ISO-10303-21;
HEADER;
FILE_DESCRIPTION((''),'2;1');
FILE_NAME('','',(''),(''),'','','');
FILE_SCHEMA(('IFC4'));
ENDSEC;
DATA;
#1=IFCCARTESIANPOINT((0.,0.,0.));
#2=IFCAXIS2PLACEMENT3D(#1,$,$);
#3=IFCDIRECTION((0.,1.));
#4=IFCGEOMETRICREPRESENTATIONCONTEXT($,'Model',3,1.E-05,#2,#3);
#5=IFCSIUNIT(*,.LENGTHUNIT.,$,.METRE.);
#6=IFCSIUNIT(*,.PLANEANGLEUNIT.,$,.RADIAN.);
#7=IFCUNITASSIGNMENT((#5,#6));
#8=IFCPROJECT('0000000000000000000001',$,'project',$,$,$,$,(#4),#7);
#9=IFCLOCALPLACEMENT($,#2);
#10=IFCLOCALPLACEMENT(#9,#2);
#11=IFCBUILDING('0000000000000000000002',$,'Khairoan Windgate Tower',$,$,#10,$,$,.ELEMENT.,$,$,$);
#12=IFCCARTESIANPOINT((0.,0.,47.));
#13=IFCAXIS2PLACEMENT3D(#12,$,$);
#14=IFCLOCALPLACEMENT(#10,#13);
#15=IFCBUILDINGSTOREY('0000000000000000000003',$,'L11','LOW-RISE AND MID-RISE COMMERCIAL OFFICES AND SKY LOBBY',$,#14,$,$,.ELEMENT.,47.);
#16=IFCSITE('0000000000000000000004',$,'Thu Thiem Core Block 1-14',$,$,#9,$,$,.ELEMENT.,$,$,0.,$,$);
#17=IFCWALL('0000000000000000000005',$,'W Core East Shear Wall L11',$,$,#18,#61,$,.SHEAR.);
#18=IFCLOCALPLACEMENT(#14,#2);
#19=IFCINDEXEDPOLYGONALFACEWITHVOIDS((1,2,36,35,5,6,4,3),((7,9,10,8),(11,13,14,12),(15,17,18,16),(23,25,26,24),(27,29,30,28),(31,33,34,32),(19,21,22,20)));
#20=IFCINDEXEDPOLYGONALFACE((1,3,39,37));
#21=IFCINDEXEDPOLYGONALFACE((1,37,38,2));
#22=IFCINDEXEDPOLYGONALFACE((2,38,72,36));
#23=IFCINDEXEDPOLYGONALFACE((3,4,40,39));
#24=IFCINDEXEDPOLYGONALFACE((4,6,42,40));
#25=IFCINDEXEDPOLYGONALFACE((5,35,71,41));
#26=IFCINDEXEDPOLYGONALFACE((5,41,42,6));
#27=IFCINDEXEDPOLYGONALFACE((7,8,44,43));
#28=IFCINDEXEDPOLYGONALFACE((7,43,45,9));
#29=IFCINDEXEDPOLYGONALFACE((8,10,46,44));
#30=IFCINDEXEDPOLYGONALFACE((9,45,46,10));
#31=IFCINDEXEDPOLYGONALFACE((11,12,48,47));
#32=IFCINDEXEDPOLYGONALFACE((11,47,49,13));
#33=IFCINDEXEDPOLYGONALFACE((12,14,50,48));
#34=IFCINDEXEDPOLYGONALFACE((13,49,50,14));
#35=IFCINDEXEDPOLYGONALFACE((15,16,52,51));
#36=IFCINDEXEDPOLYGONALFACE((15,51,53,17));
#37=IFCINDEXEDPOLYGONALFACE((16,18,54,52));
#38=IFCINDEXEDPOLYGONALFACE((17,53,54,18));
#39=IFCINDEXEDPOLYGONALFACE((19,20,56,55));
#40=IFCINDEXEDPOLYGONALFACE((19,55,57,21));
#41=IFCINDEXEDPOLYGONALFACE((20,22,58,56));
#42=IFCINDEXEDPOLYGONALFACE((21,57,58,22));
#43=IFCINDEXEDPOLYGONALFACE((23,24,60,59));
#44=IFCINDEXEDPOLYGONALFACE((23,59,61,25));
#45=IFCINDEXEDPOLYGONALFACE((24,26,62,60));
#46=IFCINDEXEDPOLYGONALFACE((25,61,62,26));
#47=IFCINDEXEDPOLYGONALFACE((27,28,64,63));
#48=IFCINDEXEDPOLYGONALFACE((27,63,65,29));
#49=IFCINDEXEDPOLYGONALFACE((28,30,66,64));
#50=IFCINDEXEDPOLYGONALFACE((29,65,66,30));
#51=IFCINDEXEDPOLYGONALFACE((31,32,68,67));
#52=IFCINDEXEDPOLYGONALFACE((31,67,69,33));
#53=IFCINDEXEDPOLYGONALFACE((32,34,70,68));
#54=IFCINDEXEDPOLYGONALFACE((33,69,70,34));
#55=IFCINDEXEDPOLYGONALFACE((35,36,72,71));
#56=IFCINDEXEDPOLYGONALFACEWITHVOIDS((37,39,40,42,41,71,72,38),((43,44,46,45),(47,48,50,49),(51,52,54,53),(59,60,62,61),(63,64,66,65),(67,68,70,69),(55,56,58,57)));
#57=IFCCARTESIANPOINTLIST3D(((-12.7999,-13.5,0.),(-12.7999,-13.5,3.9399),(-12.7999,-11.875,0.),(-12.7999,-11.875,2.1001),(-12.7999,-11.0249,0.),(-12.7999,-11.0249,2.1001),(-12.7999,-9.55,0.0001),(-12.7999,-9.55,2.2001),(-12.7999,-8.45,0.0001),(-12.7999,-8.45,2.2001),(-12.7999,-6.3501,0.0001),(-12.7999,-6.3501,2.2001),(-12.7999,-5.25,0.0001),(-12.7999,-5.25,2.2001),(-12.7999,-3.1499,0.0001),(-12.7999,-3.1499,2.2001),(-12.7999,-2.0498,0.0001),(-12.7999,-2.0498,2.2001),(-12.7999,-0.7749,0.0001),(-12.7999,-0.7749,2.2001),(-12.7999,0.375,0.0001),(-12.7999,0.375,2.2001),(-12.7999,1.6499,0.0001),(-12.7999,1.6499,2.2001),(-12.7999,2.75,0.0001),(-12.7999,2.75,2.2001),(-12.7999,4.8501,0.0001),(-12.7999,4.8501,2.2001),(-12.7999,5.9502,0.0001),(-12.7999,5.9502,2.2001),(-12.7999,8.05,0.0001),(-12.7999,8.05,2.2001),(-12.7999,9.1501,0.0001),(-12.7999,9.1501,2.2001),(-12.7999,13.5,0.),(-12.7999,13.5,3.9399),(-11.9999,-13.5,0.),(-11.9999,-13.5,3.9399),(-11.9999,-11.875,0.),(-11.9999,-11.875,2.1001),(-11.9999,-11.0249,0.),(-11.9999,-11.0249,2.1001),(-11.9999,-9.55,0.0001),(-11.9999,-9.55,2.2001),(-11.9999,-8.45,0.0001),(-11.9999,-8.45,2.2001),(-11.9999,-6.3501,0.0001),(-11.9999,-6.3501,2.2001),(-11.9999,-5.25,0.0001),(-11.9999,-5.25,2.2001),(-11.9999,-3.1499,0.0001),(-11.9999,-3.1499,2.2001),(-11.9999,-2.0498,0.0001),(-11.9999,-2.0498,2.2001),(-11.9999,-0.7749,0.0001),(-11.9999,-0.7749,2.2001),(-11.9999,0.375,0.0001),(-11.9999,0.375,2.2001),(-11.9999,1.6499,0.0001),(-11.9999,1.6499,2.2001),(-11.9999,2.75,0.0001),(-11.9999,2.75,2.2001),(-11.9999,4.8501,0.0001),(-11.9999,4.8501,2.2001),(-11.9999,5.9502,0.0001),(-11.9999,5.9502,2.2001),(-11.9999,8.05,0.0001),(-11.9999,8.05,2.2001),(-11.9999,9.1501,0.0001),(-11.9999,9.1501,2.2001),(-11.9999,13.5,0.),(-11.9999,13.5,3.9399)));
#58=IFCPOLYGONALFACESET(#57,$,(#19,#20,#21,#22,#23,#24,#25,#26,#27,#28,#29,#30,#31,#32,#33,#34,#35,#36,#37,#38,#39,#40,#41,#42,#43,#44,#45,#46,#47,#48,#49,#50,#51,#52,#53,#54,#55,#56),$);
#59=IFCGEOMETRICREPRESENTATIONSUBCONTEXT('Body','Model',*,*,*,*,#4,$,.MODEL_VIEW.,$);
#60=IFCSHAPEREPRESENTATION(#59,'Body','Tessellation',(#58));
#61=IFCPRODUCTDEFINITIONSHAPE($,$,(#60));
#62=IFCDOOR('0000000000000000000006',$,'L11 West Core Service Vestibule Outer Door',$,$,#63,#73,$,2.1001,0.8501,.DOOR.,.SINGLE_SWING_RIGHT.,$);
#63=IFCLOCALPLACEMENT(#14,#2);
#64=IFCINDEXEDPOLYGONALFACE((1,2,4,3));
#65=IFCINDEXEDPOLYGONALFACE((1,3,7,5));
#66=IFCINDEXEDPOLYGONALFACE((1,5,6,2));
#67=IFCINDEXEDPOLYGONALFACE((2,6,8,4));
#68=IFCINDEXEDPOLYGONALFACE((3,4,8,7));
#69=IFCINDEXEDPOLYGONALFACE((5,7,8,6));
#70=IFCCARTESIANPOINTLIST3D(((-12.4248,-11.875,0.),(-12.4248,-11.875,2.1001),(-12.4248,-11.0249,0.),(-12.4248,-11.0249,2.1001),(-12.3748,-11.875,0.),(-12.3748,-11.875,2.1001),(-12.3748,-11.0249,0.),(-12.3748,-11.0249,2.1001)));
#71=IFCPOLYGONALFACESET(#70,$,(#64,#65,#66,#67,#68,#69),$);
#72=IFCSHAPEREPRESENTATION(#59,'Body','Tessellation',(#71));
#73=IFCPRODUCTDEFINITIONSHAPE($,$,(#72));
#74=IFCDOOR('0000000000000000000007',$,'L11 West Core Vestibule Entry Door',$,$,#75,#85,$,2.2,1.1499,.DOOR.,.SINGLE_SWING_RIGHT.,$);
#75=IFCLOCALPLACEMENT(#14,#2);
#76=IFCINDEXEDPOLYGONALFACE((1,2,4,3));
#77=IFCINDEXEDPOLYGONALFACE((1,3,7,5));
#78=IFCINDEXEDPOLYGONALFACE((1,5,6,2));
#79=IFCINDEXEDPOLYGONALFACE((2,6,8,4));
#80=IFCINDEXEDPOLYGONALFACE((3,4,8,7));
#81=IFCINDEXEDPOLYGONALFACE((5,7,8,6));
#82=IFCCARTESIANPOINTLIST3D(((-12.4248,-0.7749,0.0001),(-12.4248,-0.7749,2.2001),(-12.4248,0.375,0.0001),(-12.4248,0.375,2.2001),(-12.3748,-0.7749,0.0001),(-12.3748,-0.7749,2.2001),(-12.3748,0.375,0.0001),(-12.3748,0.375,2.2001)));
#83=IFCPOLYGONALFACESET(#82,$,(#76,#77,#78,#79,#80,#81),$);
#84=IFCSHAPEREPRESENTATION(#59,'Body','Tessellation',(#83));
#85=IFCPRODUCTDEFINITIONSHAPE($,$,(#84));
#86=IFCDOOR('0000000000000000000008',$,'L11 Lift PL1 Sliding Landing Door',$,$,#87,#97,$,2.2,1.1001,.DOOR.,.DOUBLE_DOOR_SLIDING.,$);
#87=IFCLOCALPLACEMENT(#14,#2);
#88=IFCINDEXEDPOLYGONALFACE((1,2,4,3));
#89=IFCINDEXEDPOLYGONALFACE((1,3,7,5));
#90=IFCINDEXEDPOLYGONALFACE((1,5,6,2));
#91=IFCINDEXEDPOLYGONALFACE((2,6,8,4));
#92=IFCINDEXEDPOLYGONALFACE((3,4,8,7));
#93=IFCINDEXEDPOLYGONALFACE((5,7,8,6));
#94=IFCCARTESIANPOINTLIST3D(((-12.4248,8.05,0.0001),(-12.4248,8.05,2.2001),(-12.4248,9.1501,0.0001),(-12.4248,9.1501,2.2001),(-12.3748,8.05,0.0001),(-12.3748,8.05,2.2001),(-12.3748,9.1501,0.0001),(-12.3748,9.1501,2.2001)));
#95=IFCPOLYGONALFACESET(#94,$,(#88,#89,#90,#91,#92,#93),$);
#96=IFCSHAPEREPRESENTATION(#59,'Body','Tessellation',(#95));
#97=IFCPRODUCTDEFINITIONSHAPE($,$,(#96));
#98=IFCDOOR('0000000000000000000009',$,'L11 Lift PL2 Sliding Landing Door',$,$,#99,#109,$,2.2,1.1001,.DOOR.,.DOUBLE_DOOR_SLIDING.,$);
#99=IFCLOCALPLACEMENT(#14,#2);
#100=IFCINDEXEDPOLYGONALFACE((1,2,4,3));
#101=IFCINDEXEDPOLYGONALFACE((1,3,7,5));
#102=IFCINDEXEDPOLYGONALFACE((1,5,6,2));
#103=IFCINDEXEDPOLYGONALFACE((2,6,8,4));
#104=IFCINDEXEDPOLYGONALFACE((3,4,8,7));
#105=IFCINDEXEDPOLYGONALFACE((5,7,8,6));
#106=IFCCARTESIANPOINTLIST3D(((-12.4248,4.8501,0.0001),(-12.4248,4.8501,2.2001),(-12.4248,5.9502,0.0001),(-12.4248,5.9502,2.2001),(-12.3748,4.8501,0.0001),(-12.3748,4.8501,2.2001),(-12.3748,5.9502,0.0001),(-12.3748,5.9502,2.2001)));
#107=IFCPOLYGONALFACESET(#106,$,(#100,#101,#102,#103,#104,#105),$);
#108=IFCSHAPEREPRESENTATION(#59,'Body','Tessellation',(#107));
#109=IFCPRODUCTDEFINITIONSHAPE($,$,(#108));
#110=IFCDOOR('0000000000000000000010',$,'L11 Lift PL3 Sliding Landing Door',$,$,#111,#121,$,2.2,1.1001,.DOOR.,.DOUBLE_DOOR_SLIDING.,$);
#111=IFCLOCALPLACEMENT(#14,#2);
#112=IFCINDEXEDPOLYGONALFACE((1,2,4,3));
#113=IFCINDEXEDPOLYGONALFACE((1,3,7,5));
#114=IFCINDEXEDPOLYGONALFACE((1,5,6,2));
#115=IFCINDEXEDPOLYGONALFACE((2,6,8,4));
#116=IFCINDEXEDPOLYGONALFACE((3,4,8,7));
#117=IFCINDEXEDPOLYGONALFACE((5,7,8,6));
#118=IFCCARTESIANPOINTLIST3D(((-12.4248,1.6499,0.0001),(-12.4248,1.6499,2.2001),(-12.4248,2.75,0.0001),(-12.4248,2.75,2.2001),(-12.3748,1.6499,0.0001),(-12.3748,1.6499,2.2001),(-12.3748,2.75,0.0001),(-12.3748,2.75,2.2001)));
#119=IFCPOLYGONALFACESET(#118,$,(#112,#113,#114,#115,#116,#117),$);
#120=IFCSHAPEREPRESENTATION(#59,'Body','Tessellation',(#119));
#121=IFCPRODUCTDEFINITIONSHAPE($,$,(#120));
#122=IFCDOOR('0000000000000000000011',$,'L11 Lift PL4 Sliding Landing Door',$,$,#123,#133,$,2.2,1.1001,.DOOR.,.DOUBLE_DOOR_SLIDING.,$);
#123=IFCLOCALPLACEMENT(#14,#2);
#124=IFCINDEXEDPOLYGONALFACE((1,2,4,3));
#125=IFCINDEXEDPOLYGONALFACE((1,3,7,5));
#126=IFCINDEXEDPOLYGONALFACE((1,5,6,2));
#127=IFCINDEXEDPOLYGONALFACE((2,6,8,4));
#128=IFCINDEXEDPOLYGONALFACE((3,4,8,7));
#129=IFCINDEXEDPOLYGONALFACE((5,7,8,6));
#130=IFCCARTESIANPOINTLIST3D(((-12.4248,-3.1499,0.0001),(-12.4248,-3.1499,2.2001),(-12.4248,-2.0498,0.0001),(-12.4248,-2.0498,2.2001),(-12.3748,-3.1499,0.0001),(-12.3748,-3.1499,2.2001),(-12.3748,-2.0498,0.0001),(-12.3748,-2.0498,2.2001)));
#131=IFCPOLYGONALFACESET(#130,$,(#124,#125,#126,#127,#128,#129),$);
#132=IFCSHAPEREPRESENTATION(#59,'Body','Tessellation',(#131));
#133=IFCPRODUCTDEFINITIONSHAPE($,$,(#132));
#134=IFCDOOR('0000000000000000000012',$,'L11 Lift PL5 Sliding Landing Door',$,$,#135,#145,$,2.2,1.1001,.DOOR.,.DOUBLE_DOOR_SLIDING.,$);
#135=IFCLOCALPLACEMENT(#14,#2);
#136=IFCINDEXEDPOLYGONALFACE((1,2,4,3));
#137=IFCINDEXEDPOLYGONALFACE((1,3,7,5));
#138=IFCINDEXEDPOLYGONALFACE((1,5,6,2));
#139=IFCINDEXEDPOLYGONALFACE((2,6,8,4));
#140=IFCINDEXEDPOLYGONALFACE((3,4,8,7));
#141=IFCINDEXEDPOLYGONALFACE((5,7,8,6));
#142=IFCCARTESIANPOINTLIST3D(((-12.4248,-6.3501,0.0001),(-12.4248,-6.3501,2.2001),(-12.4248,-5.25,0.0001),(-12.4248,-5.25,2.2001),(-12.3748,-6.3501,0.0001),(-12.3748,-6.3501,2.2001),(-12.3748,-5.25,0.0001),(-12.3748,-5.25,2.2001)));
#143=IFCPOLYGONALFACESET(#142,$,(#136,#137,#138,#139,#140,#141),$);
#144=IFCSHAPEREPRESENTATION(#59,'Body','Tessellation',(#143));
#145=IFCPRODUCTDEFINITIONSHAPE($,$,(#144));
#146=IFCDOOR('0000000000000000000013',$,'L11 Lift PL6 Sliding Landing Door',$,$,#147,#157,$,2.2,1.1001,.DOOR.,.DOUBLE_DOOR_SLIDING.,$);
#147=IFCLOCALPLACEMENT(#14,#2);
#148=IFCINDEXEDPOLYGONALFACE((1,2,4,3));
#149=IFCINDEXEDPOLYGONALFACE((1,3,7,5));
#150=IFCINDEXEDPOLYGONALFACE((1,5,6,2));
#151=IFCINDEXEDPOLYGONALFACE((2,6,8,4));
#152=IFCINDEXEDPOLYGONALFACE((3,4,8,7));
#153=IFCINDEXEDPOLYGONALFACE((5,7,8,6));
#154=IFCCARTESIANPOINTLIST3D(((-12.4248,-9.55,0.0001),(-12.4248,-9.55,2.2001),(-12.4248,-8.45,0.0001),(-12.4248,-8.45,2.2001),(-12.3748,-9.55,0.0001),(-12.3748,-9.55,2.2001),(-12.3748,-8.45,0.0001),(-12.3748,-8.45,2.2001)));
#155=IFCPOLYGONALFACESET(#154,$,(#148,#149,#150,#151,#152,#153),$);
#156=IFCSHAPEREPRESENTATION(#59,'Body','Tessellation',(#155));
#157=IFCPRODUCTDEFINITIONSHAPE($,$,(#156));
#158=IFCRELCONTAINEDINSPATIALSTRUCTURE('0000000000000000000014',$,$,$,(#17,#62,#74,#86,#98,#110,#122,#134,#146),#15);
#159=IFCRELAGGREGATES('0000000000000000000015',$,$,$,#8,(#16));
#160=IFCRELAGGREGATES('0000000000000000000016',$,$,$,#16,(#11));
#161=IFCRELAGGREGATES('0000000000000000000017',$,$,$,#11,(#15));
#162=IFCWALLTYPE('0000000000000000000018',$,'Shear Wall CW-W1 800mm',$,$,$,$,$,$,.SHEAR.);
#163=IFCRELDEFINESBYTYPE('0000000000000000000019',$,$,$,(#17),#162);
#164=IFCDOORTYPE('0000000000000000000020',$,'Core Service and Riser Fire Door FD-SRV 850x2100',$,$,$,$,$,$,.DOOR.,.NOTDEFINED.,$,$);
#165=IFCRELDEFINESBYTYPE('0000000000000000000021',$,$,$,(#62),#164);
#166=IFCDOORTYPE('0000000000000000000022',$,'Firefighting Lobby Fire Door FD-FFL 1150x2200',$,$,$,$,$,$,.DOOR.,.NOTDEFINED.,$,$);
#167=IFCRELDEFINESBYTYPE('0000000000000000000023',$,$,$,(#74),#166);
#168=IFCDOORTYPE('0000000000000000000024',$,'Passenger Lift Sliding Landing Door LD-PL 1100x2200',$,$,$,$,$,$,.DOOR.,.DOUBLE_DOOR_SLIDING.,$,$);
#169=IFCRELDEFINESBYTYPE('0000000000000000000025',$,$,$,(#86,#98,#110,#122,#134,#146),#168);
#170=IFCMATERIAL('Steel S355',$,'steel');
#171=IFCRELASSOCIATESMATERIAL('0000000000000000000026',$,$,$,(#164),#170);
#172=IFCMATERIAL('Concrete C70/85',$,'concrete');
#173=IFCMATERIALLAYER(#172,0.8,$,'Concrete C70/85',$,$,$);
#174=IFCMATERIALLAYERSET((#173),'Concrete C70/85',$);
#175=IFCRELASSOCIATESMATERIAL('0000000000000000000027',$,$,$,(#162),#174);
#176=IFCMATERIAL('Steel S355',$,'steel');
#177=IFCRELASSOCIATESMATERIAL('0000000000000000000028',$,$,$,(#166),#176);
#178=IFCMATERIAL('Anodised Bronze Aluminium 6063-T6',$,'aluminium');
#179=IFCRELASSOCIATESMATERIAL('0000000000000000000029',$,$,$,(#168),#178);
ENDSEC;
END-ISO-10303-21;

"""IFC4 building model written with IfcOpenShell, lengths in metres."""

from ifc_helpers import new_model, si_unit, direction, frame, frame_2d, origin, place, context, subcontext, project, spatial, rectangle, extrude, material, layer, layer_set, type_object, element, fill, save


model = new_model("IFC4")

# Units and contexts
model_context = context("Model", 3, precision=1e-05, world=origin(), true_north=direction((0.0, 1.0)))
body_context = subcontext(model_context, "Body", "Model", "MODEL_VIEW")
ifc_project = project(units=[si_unit("LENGTHUNIT", "METRE"), si_unit("PLANEANGLEUNIT", "RADIAN")], contexts=[model_context])

# Site, building, storey
site_placement = place(None, origin())
site = spatial("IfcSite", under=ifc_project, at=site_placement, Name="Thu Thiem Core Block 1-14", CompositionType="ELEMENT", RefElevation=0.0)
building_placement = place(site_placement, origin())
building = spatial("IfcBuilding", under=site, at=building_placement, Name="Khairoan Windgate Tower", CompositionType="ELEMENT")
storey_placement = place(building_placement, frame((0.0, 0.0, 47.0)))
storey = spatial("IfcBuildingStorey", under=building, at=storey_placement, Name="L11", Description="LOW-RISE AND MID-RISE COMMERCIAL OFFICES AND SKY LOBBY", CompositionType="ELEMENT", Elevation=47.0)

# Shared definitions
ifc_material_1 = material(Name="Steel S355", Category="steel")
door_type_1 = type_object("IfcDoorType", Name="Core Service and Riser Fire Door FD-SRV 850x2100", OperationType="NOTDEFINED", PredefinedType="DOOR", material=ifc_material_1)

# Wall, openings, doors
ifc_material_2 = material(Name="Concrete C70/85", Category="concrete")
ifc_layer_1 = layer(ifc_material_2, 0.8, Name="Concrete C70/85")
ifc_layer_set_1 = layer_set([ifc_layer_1], Name="Concrete C70/85")
wall_type_1 = type_object("IfcWallType", Name="Shear Wall CW-W1 800mm", PredefinedType="SHEAR", material=ifc_layer_set_1)
wall_1_placement = place(storey_placement, frame((-12.3999, -13.5, 0.0), z_axis=(0.0, 0.0, 1.0), x_axis=(0.0, 1.0, 0.0)))
wall_1 = element("IfcWall", 1, at=wall_1_placement, inside=storey, type_object=wall_type_1, Name="W Core East Shear Wall L11", PredefinedType="SHEAR", context=body_context, shape_type="SweptSolid", body=[
    extrude(rectangle(XDim=27.0, YDim=0.8, at=frame_2d((13.5, 0.0))), origin(), (0.0, 0.0, 1.0), 3.9399),
])
opening_1_placement = place(wall_1_placement, frame((21.55, 0.0, 0.0)))
opening_1 = element("IfcOpeningElement", 2, at=opening_1_placement, cuts=wall_1, PredefinedType="OPENING", context=body_context, shape_type="SweptSolid", body=[
    extrude(rectangle(XDim=1.1001, YDim=2.2, at=frame_2d((0.55, 1.1001))), frame((0.0, 0.4099, 0.0), z_axis=(0.0, -1.0, 0.0), x_axis=(1.0, 0.0, 0.0)), (0.0, 0.0, 1.0), 0.8201),
])
opening_2_placement = place(wall_1_placement, frame((18.3501, 0.0, 0.0)))
opening_2 = element("IfcOpeningElement", 3, at=opening_2_placement, cuts=wall_1, PredefinedType="OPENING", context=body_context, shape_type="SweptSolid", body=[
    extrude(rectangle(XDim=1.1001, YDim=2.2, at=frame_2d((0.55, 1.1001))), frame((0.0, 0.4099, 0.0), z_axis=(0.0, -1.0, 0.0), x_axis=(1.0, 0.0, 0.0)), (0.0, 0.0, 1.0), 0.8201),
])
opening_3_placement = place(wall_1_placement, frame((15.1499, 0.0, 0.0)))
opening_3 = element("IfcOpeningElement", 4, at=opening_3_placement, cuts=wall_1, PredefinedType="OPENING", context=body_context, shape_type="SweptSolid", body=[
    extrude(rectangle(XDim=1.1001, YDim=2.2, at=frame_2d((0.55, 1.1001))), frame((0.0, 0.4099, 0.0), z_axis=(0.0, -1.0, 0.0), x_axis=(1.0, 0.0, 0.0)), (0.0, 0.0, 1.0), 0.8201),
])
opening_4_placement = place(wall_1_placement, frame((10.3501, 0.0, 0.0)))
opening_4 = element("IfcOpeningElement", 5, at=opening_4_placement, cuts=wall_1, PredefinedType="OPENING", context=body_context, shape_type="SweptSolid", body=[
    extrude(rectangle(XDim=1.1001, YDim=2.2, at=frame_2d((0.55, 1.1001))), frame((0.0, 0.4099, 0.0), z_axis=(0.0, -1.0, 0.0), x_axis=(1.0, 0.0, 0.0)), (0.0, 0.0, 1.0), 0.8201),
])
opening_5_placement = place(wall_1_placement, frame((7.1499, 0.0, 0.0)))
opening_5 = element("IfcOpeningElement", 6, at=opening_5_placement, cuts=wall_1, PredefinedType="OPENING", context=body_context, shape_type="SweptSolid", body=[
    extrude(rectangle(XDim=1.1001, YDim=2.2, at=frame_2d((0.55, 1.1001))), frame((0.0, 0.4099, 0.0), z_axis=(0.0, -1.0, 0.0), x_axis=(1.0, 0.0, 0.0)), (0.0, 0.0, 1.0), 0.8201),
])
opening_6_placement = place(wall_1_placement, frame((3.95, 0.0, 0.0)))
opening_6 = element("IfcOpeningElement", 7, at=opening_6_placement, cuts=wall_1, PredefinedType="OPENING", context=body_context, shape_type="SweptSolid", body=[
    extrude(rectangle(XDim=1.1001, YDim=2.2, at=frame_2d((0.55, 1.1001))), frame((0.0, 0.4099, 0.0), z_axis=(0.0, -1.0, 0.0), x_axis=(1.0, 0.0, 0.0)), (0.0, 0.0, 1.0), 0.8201),
])
opening_7_placement = place(wall_1_placement, frame((12.7251, 0.0, 0.0)))
opening_7 = element("IfcOpeningElement", 8, at=opening_7_placement, cuts=wall_1, PredefinedType="OPENING", context=body_context, shape_type="SweptSolid", body=[
    extrude(rectangle(XDim=1.1499, YDim=2.2, at=frame_2d((0.575, 1.1001))), frame((0.0, 0.4099, 0.0), z_axis=(0.0, -1.0, 0.0), x_axis=(1.0, 0.0, 0.0)), (0.0, 0.0, 1.0), 0.8201),
])
opening_8_placement = place(wall_1_placement, frame((1.625, 0.0, 0.0)))
opening_8 = element("IfcOpeningElement", 9, at=opening_8_placement, cuts=wall_1, PredefinedType="OPENING", context=body_context, shape_type="SweptSolid", body=[
    extrude(rectangle(XDim=0.8501, YDim=2.1001, at=frame_2d((0.425, 1.05))), frame((0.0, 0.4099, 0.0), z_axis=(0.0, -1.0, 0.0), x_axis=(1.0, 0.0, 0.0)), (0.0, 0.0, 1.0), 0.8201),
])
door_1_placement = place(opening_8_placement, origin())
door_1 = element("IfcDoor", 10, at=door_1_placement, inside=storey, type_object=door_type_1, Name="L11 West Core Service Vestibule Outer Door", OperationType="SINGLE_SWING_RIGHT", OverallHeight=2.1001, OverallWidth=0.8501, PredefinedType="DOOR", context=body_context, shape_type="SweptSolid", body=[
    extrude(rectangle(XDim=0.8501, YDim=2.1001, at=frame_2d((0.425, 1.05))), frame((0.0, 0.0249, 0.0), z_axis=(0.0, -1.0, 0.0), x_axis=(1.0, 0.0, 0.0)), (0.0, 0.0, 1.0), 0.05),
])
fill(opening_8, door_1)
ifc_material_3 = material(Name="Steel S355", Category="steel")
door_type_2 = type_object("IfcDoorType", Name="Firefighting Lobby Fire Door FD-FFL 1150x2200", OperationType="NOTDEFINED", PredefinedType="DOOR", material=ifc_material_3)
door_2_placement = place(opening_7_placement, origin())
door_2 = element("IfcDoor", 11, at=door_2_placement, inside=storey, type_object=door_type_2, Name="L11 West Core Vestibule Entry Door", OperationType="SINGLE_SWING_RIGHT", OverallHeight=2.2, OverallWidth=1.1499, PredefinedType="DOOR", context=body_context, shape_type="SweptSolid", body=[
    extrude(rectangle(XDim=1.1499, YDim=2.2, at=frame_2d((0.575, 1.1001))), frame((0.0, 0.0249, 0.0), z_axis=(0.0, -1.0, 0.0), x_axis=(1.0, 0.0, 0.0)), (0.0, 0.0, 1.0), 0.05),
])
fill(opening_7, door_2)
ifc_material_4 = material(Name="Anodised Bronze Aluminium 6063-T6", Category="aluminium")
door_type_3 = type_object("IfcDoorType", Name="Passenger Lift Sliding Landing Door LD-PL 1100x2200", OperationType="DOUBLE_DOOR_SLIDING", PredefinedType="DOOR", material=ifc_material_4)
door_3_placement = place(opening_1_placement, origin())
door_3 = element("IfcDoor", 12, at=door_3_placement, inside=storey, type_object=door_type_3, Name="L11 Lift PL1 Sliding Landing Door", OperationType="DOUBLE_DOOR_SLIDING", OverallHeight=2.2, OverallWidth=1.1001, PredefinedType="DOOR", context=body_context, shape_type="SweptSolid", body=[
    extrude(rectangle(XDim=1.1001, YDim=2.2, at=frame_2d((0.55, 1.1001))), frame((0.0, 0.0249, 0.0), z_axis=(0.0, -1.0, 0.0), x_axis=(1.0, 0.0, 0.0)), (0.0, 0.0, 1.0), 0.05),
])
fill(opening_1, door_3)
door_4_placement = place(opening_2_placement, origin())
door_4 = element("IfcDoor", 13, at=door_4_placement, inside=storey, type_object=door_type_3, Name="L11 Lift PL2 Sliding Landing Door", OperationType="DOUBLE_DOOR_SLIDING", OverallHeight=2.2, OverallWidth=1.1001, PredefinedType="DOOR", context=body_context, shape_type="SweptSolid", body=[
    extrude(rectangle(XDim=1.1001, YDim=2.2, at=frame_2d((0.55, 1.1001))), frame((0.0, 0.0249, 0.0), z_axis=(0.0, -1.0, 0.0), x_axis=(1.0, 0.0, 0.0)), (0.0, 0.0, 1.0), 0.05),
])
fill(opening_2, door_4)
door_5_placement = place(opening_3_placement, origin())
door_5 = element("IfcDoor", 14, at=door_5_placement, inside=storey, type_object=door_type_3, Name="L11 Lift PL3 Sliding Landing Door", OperationType="DOUBLE_DOOR_SLIDING", OverallHeight=2.2, OverallWidth=1.1001, PredefinedType="DOOR", context=body_context, shape_type="SweptSolid", body=[
    extrude(rectangle(XDim=1.1001, YDim=2.2, at=frame_2d((0.55, 1.1001))), frame((0.0, 0.0249, 0.0), z_axis=(0.0, -1.0, 0.0), x_axis=(1.0, 0.0, 0.0)), (0.0, 0.0, 1.0), 0.05),
])
fill(opening_3, door_5)
door_6_placement = place(opening_4_placement, origin())
door_6 = element("IfcDoor", 15, at=door_6_placement, inside=storey, type_object=door_type_3, Name="L11 Lift PL4 Sliding Landing Door", OperationType="DOUBLE_DOOR_SLIDING", OverallHeight=2.2, OverallWidth=1.1001, PredefinedType="DOOR", context=body_context, shape_type="SweptSolid", body=[
    extrude(rectangle(XDim=1.1001, YDim=2.2, at=frame_2d((0.55, 1.1001))), frame((0.0, 0.0249, 0.0), z_axis=(0.0, -1.0, 0.0), x_axis=(1.0, 0.0, 0.0)), (0.0, 0.0, 1.0), 0.05),
])
fill(opening_4, door_6)
door_7_placement = place(opening_5_placement, origin())
door_7 = element("IfcDoor", 16, at=door_7_placement, inside=storey, type_object=door_type_3, Name="L11 Lift PL5 Sliding Landing Door", OperationType="DOUBLE_DOOR_SLIDING", OverallHeight=2.2, OverallWidth=1.1001, PredefinedType="DOOR", context=body_context, shape_type="SweptSolid", body=[
    extrude(rectangle(XDim=1.1001, YDim=2.2, at=frame_2d((0.55, 1.1001))), frame((0.0, 0.0249, 0.0), z_axis=(0.0, -1.0, 0.0), x_axis=(1.0, 0.0, 0.0)), (0.0, 0.0, 1.0), 0.05),
])
fill(opening_5, door_7)
door_8_placement = place(opening_6_placement, origin())
door_8 = element("IfcDoor", 17, at=door_8_placement, inside=storey, type_object=door_type_3, Name="L11 Lift PL6 Sliding Landing Door", OperationType="DOUBLE_DOOR_SLIDING", OverallHeight=2.2, OverallWidth=1.1001, PredefinedType="DOOR", context=body_context, shape_type="SweptSolid", body=[
    extrude(rectangle(XDim=1.1001, YDim=2.2, at=frame_2d((0.55, 1.1001))), frame((0.0, 0.0249, 0.0), z_axis=(0.0, -1.0, 0.0), x_axis=(1.0, 0.0, 0.0)), (0.0, 0.0, 1.0), 0.05),
])
fill(opening_6, door_8)

save(model, "model.ifc")
